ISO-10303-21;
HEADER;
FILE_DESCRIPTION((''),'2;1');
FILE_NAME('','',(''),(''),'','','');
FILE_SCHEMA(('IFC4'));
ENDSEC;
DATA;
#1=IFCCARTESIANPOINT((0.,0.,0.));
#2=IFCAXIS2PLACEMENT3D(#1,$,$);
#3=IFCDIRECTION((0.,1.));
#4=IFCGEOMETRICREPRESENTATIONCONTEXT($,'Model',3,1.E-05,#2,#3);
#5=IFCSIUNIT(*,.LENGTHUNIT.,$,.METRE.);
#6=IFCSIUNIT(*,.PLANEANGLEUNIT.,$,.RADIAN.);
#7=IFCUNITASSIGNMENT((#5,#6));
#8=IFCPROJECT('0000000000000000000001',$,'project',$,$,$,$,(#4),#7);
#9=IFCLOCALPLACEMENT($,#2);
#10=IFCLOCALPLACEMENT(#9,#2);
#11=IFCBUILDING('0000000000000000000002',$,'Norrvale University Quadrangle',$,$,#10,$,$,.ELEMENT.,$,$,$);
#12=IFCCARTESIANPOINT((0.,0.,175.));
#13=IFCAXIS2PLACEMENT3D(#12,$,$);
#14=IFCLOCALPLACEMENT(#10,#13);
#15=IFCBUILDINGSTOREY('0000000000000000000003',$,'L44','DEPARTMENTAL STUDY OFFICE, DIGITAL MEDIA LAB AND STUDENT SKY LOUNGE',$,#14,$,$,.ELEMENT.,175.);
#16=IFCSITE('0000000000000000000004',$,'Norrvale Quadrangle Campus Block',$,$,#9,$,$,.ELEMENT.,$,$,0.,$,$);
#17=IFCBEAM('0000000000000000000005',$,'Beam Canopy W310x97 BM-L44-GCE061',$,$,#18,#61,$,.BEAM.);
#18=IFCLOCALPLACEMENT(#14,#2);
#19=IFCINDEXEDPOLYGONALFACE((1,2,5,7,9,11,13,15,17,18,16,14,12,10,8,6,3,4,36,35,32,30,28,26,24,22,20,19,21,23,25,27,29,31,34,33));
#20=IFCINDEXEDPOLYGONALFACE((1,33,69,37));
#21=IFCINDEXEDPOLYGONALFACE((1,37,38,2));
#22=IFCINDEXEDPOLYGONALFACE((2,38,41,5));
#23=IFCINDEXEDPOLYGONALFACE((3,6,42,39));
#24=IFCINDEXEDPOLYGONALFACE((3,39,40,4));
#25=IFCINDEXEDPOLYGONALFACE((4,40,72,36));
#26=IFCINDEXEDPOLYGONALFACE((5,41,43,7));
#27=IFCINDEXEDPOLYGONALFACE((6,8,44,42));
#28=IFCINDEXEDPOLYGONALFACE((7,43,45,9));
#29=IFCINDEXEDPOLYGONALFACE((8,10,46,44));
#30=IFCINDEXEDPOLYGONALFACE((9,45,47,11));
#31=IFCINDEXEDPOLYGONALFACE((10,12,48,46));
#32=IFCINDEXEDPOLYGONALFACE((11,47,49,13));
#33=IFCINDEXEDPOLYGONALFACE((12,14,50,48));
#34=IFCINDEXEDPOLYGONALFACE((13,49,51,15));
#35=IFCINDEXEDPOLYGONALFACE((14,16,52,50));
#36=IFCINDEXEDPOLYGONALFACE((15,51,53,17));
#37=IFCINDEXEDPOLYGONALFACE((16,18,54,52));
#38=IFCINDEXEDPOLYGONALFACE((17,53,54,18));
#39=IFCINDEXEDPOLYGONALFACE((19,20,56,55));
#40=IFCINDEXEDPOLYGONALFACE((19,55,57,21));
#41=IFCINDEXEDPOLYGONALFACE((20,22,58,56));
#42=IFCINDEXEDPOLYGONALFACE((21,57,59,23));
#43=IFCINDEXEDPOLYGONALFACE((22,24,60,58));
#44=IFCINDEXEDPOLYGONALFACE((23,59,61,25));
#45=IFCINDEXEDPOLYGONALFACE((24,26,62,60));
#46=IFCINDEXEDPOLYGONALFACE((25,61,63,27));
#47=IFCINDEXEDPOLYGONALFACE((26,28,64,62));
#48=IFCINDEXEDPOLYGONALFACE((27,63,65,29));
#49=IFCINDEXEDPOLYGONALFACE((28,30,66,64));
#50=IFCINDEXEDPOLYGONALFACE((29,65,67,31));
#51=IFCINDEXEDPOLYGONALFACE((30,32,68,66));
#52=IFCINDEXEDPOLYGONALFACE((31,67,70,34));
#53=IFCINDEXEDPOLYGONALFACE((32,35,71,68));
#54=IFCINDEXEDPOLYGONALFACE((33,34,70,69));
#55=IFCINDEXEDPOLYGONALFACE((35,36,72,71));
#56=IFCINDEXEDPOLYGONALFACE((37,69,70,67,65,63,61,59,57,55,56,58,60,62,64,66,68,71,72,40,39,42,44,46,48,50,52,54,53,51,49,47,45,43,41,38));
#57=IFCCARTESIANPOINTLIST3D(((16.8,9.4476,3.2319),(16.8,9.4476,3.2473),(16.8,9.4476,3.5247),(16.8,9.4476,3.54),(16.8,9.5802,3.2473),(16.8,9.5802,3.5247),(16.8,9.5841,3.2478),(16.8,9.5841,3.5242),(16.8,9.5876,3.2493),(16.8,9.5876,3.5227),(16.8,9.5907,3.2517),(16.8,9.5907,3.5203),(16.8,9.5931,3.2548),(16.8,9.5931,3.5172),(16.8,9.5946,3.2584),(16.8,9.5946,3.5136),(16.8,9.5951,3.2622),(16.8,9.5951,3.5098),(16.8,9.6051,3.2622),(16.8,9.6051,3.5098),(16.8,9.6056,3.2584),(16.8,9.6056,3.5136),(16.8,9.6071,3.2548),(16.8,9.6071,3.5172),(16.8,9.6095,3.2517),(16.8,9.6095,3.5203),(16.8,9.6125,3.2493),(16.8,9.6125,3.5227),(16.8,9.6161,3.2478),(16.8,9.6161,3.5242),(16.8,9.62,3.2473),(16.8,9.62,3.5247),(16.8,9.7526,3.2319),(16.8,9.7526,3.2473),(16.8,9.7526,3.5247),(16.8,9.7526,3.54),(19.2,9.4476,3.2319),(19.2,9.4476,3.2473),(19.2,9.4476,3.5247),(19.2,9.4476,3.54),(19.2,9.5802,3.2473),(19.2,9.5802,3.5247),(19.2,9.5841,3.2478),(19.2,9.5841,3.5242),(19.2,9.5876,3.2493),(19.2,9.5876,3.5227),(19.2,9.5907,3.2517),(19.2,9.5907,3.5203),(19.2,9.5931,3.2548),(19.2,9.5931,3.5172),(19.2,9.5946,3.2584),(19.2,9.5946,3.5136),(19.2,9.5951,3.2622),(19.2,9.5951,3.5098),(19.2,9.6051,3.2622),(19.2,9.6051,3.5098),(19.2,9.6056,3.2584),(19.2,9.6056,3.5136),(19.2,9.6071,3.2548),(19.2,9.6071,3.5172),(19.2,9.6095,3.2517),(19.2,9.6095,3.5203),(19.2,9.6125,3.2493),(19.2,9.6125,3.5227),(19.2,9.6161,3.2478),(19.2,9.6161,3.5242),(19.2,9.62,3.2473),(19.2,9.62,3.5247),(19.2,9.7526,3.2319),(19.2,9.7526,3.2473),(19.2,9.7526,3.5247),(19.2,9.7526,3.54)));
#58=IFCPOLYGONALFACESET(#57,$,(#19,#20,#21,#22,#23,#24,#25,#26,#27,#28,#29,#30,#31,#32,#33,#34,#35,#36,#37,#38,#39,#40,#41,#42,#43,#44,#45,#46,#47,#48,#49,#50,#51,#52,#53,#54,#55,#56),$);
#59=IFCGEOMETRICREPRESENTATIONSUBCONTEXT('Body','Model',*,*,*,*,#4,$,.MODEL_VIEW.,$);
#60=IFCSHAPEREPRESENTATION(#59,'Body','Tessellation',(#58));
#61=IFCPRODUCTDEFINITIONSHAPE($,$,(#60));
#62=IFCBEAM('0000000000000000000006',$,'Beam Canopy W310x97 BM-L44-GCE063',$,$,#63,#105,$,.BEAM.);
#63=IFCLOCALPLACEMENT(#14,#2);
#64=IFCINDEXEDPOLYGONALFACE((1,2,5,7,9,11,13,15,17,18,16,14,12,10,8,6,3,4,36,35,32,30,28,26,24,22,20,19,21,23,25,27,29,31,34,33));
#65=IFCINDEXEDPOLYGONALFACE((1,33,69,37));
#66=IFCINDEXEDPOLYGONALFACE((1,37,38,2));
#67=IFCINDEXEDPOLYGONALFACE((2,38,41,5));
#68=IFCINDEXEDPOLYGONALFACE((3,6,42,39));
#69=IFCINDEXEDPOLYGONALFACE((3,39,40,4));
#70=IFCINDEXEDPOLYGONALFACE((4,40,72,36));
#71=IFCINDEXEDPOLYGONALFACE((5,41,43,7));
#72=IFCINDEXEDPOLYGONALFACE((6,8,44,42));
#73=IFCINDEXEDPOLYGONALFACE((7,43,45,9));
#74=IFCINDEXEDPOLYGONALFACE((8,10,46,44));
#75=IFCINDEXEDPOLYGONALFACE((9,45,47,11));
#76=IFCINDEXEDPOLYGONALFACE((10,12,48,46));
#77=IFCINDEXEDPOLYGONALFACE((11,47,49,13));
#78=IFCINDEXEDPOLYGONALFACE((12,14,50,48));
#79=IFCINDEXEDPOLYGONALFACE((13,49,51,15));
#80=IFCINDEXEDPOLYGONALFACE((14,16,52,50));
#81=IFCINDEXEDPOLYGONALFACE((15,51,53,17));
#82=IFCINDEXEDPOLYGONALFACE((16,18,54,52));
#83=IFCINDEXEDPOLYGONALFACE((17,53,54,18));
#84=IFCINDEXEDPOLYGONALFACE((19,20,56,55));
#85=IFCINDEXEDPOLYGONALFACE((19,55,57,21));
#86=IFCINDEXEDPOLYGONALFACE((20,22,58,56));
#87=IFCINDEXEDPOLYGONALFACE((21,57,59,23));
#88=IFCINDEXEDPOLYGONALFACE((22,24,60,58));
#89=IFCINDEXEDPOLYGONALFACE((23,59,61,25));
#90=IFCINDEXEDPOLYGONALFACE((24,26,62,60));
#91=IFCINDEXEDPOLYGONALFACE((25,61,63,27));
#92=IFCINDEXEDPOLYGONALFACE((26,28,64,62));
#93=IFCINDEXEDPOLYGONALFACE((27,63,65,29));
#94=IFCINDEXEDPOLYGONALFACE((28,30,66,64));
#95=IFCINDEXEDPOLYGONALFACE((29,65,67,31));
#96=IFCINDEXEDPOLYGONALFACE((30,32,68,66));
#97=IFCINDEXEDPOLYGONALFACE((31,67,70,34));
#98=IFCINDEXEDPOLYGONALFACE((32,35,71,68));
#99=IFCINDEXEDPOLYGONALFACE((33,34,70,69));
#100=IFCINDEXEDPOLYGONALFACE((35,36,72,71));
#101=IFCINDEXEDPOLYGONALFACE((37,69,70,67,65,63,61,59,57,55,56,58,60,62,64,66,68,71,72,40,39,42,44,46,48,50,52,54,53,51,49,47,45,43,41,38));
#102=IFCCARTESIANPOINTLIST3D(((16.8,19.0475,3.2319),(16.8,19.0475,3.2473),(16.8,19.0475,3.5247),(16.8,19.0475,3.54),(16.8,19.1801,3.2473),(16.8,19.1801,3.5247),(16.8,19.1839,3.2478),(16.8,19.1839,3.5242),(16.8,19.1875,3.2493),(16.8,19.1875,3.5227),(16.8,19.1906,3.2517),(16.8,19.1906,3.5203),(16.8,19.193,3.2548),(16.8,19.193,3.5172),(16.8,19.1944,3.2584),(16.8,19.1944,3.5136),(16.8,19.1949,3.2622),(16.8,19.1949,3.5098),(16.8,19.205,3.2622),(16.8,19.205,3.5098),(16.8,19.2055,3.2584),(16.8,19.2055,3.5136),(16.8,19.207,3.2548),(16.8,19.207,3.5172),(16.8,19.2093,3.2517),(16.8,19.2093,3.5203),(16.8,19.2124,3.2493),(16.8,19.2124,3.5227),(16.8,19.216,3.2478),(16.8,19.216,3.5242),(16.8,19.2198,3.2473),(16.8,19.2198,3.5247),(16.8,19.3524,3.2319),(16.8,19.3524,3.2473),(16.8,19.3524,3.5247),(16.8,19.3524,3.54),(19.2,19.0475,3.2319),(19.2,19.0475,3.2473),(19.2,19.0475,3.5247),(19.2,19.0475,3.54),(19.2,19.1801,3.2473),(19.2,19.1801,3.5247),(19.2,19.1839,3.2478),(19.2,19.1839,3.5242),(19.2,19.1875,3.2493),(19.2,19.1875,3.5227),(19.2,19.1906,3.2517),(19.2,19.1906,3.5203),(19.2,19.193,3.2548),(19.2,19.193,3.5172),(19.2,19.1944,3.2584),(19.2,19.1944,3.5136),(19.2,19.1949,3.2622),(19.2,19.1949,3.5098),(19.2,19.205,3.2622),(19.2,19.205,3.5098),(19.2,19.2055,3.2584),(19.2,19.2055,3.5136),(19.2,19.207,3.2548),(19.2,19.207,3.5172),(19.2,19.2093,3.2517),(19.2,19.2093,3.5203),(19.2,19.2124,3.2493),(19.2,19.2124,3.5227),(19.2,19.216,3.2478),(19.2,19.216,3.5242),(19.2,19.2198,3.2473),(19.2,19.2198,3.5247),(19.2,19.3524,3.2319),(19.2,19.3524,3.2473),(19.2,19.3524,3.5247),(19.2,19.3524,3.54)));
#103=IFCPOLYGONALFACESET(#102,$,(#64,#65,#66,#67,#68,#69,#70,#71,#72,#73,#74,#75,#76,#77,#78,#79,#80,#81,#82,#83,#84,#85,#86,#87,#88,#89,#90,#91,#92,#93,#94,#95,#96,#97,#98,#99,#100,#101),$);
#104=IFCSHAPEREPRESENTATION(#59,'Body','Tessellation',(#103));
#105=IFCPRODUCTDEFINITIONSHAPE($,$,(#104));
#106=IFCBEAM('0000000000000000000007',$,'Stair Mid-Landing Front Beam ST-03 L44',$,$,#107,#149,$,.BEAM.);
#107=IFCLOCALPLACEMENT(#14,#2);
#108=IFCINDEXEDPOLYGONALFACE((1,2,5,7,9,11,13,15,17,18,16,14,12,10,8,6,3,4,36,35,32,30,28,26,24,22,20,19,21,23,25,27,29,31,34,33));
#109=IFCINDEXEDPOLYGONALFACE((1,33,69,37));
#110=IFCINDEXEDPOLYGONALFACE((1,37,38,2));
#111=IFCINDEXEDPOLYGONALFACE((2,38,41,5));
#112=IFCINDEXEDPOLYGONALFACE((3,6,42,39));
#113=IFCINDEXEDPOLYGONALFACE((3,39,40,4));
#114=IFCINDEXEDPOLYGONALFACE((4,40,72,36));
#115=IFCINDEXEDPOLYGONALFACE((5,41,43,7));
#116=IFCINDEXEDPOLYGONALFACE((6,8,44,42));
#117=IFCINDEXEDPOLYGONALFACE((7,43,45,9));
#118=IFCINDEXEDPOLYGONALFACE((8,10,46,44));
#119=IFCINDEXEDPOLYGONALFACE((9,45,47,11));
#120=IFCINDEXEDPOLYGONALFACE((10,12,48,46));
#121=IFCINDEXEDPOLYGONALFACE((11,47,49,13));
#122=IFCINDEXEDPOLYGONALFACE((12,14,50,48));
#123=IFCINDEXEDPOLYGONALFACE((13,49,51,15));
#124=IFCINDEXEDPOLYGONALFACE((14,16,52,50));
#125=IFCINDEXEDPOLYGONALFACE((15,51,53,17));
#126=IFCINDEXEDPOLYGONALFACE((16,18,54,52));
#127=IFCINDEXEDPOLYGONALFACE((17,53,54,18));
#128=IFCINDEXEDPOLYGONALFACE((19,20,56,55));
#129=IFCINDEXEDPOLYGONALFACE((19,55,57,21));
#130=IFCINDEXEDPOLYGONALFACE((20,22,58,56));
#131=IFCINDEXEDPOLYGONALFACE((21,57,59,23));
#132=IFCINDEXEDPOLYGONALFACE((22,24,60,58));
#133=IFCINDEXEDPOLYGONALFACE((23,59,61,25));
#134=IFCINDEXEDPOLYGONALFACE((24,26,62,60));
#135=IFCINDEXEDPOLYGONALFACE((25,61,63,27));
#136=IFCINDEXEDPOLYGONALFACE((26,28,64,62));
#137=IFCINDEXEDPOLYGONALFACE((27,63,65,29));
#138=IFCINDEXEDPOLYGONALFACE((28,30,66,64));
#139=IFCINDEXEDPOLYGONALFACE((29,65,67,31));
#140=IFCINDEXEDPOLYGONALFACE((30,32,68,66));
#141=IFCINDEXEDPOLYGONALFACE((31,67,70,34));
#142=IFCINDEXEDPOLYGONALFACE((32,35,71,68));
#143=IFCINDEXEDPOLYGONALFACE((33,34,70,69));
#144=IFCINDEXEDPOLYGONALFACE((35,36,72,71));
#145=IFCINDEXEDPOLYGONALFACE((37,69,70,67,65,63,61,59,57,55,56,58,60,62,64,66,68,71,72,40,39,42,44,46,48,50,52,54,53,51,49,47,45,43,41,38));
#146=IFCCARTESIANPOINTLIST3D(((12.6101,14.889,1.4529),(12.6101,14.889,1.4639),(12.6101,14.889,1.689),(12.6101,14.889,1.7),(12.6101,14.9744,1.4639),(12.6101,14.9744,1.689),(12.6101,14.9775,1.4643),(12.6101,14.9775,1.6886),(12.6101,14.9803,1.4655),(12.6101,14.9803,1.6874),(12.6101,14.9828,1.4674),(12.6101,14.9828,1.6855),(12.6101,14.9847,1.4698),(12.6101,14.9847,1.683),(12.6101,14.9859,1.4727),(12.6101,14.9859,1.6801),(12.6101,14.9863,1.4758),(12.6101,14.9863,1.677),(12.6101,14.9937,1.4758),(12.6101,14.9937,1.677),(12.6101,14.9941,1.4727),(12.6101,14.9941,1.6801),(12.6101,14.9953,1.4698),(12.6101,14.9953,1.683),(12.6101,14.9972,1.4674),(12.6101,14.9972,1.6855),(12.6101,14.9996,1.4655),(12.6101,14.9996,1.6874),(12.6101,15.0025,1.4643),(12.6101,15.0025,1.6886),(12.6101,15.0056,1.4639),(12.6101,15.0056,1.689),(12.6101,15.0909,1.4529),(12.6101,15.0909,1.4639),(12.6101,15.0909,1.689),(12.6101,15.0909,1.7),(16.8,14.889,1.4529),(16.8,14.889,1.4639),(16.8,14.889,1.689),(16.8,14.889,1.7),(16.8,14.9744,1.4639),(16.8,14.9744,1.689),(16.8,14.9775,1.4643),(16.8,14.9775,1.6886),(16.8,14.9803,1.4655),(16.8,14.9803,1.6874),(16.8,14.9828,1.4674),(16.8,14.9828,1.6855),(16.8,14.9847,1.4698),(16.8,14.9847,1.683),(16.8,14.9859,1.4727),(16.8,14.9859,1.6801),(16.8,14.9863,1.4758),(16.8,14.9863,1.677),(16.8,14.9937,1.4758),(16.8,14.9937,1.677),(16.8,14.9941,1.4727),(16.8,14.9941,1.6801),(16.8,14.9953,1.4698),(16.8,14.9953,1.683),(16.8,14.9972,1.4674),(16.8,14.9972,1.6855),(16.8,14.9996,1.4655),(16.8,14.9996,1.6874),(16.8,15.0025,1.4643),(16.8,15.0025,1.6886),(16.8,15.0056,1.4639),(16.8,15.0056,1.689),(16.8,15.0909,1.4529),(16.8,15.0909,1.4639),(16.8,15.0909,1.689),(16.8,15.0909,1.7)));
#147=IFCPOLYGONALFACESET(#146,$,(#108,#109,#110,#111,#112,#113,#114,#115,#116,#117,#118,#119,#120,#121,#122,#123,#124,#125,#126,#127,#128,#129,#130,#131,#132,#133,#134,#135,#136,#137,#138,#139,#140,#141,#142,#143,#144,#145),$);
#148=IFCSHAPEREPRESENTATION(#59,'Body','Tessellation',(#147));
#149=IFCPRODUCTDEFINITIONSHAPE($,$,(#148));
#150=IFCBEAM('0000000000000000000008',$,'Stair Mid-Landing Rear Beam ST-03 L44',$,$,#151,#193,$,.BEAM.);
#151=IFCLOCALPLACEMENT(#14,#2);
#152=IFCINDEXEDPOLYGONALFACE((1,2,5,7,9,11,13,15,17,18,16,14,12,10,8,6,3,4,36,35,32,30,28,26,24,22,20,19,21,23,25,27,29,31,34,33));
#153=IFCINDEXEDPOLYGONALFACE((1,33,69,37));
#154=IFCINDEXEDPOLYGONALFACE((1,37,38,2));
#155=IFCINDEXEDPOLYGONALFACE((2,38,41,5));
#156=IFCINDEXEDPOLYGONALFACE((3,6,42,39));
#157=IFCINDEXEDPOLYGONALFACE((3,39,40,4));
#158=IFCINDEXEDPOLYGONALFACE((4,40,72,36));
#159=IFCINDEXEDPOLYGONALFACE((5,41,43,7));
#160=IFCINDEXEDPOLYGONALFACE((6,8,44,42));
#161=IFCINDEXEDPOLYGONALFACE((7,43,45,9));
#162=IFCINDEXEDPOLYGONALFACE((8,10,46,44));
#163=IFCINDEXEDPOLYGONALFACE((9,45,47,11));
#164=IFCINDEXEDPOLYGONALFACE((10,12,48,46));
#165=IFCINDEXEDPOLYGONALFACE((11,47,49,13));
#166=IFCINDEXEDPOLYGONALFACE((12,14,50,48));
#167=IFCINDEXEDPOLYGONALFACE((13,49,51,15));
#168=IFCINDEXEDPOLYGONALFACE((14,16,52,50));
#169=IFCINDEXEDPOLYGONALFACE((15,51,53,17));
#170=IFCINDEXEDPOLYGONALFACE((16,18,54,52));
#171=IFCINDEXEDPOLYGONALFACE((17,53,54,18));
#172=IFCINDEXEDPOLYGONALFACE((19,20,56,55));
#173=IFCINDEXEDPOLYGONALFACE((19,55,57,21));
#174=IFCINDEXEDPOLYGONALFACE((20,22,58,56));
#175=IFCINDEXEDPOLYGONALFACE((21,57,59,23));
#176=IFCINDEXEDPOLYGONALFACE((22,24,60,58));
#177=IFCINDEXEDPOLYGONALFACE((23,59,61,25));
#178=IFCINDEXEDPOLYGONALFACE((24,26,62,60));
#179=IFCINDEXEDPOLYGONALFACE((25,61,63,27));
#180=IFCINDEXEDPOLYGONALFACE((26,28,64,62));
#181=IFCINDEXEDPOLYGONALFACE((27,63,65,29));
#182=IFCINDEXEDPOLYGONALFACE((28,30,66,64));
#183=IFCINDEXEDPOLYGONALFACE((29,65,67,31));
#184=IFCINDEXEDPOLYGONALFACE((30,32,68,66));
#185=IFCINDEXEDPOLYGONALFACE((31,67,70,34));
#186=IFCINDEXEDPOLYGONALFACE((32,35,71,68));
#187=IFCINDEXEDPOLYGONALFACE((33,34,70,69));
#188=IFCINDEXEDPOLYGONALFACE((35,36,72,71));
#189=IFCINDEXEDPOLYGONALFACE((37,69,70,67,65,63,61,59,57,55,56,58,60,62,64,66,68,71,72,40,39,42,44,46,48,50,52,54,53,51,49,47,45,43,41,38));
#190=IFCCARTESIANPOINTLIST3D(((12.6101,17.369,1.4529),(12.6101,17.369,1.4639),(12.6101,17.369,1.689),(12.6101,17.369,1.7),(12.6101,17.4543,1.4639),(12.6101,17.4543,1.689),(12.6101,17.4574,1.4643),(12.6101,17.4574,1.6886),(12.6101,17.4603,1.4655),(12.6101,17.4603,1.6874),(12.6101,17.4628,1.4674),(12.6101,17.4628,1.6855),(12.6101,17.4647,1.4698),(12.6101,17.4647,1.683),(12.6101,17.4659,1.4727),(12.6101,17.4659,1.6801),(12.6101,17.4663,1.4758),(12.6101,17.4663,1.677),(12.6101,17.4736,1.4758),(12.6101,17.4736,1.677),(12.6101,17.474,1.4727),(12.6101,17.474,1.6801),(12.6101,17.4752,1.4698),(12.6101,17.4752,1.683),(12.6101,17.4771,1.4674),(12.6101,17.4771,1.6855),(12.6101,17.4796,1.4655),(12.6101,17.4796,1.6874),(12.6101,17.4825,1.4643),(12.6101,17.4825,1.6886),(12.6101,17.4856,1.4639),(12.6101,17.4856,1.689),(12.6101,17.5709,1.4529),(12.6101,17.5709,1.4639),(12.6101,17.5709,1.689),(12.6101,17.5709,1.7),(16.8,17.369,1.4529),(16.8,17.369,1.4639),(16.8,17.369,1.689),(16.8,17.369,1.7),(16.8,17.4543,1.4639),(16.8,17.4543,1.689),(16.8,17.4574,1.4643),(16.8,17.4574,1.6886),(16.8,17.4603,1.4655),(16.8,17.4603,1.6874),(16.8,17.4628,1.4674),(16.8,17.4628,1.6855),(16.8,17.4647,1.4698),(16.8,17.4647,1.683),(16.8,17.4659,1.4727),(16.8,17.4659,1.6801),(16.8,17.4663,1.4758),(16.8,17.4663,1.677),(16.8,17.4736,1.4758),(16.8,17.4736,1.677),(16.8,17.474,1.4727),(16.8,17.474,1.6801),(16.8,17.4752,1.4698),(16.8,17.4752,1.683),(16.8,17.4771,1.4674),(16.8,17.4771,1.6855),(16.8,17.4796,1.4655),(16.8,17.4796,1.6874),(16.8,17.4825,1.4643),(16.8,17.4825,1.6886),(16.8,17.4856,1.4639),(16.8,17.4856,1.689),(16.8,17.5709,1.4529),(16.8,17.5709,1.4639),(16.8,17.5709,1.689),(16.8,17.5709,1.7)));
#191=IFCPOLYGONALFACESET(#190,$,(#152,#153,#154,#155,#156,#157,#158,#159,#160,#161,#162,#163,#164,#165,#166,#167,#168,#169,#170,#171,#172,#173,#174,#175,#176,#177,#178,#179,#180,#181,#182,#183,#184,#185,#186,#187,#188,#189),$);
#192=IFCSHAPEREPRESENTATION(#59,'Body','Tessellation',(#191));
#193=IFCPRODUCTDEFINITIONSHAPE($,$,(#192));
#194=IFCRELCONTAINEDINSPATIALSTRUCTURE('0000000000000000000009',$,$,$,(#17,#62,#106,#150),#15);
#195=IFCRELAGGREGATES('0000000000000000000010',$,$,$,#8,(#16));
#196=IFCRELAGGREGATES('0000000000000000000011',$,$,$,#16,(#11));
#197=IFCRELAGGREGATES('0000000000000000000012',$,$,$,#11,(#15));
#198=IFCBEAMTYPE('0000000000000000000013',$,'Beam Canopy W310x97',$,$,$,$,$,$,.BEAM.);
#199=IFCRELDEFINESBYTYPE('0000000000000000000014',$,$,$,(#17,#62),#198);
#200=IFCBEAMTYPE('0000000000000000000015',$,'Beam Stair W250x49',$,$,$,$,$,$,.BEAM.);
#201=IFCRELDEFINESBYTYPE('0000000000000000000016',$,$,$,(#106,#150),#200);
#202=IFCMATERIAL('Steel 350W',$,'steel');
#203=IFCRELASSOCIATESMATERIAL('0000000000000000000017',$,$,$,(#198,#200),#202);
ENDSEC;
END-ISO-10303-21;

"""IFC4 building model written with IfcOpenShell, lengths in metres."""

from ifc_helpers import new_model, si_unit, direction, frame, origin, origin_2d, place, context, subcontext, project, spatial, i_section, extrude, material, material_profile, profile_set, type_object, element, save


model = new_model("IFC4")

# Units and contexts
model_context = context("Model", 3, precision=1e-05, world=origin(), true_north=direction((0.0, 1.0)))
body_context = subcontext(model_context, "Body", "Model", "MODEL_VIEW")
ifc_project = project(units=[si_unit("LENGTHUNIT", "METRE"), si_unit("PLANEANGLEUNIT", "RADIAN")], contexts=[model_context])

# Site, building, storey
site_placement = place(None, origin())
site = spatial("IfcSite", under=ifc_project, at=site_placement, Name="Norrvale Quadrangle Campus Block", CompositionType="ELEMENT", RefElevation=0.0)
building_placement = place(site_placement, origin())
building = spatial("IfcBuilding", under=site, at=building_placement, Name="Norrvale University Quadrangle", CompositionType="ELEMENT")
storey_placement = place(building_placement, frame((0.0, 0.0, 175.0)))
storey = spatial("IfcBuildingStorey", under=building, at=storey_placement, Name="L44", Description="DEPARTMENTAL STUDY OFFICE, DIGITAL MEDIA LAB AND STUDENT SKY LOUNGE", CompositionType="ELEMENT", Elevation=175.0)

# Beams
ifc_material_1 = material(Name="Steel 350W", Category="steel")
ifc_material_profile_1 = material_profile(ifc_material_1, i_section(OverallWidth=0.3049, OverallDepth=0.3081, WebThickness=0.01, FlangeThickness=0.0154, FilletRadius=0.0149, at=origin_2d()), Name="Steel 350W")
ifc_profile_set_1 = profile_set([ifc_material_profile_1], Name="Steel 350W")
beam_type_1 = type_object("IfcBeamType", Name="Beam Canopy W310x97", PredefinedType="BEAM", material=ifc_profile_set_1)
for number, where, z_axis, x_axis, name in (
    (1, (16.8, 9.6001, 3.386), (1.0, 0.0, 0.0), (0.0, 1.0, 0.0), "Beam Canopy W310x97 BM-L44-GCE061"),
    (2, (16.8, 19.2, 3.386), (1.0, 0.0, 0.0), (0.0, 1.0, 0.0), "Beam Canopy W310x97 BM-L44-GCE063"),
):
    element("IfcBeam", number, at=place(storey_placement, frame(where, z_axis=z_axis, x_axis=x_axis)), inside=storey, type_object=beam_type_1, Name=name, PredefinedType="BEAM", context=body_context, shape_type="SweptSolid", body=[
        extrude(i_section(OverallWidth=0.3049, OverallDepth=0.3081, WebThickness=0.01, FlangeThickness=0.0154, FilletRadius=0.0149, at=origin_2d()), origin(), (0.0, 0.0, 1.0), 2.3999),
    ])
ifc_material_profile_2 = material_profile(ifc_material_1, i_section(OverallWidth=0.2019, OverallDepth=0.2471, WebThickness=0.0073, FlangeThickness=0.011, FilletRadius=0.012, at=origin_2d()), Name="Steel 350W")
ifc_profile_set_2 = profile_set([ifc_material_profile_2], Name="Steel 350W")
beam_type_2 = type_object("IfcBeamType", Name="Beam Stair W250x49", PredefinedType="BEAM", material=ifc_profile_set_2)
for number, where, z_axis, x_axis, name in (
    (3, (12.6101, 14.99, 1.5764), (1.0, 0.0, 0.0), (0.0, 1.0, 0.0), "Stair Mid-Landing Front Beam ST-03 L44"),
    (4, (12.6101, 17.47, 1.5764), (1.0, 0.0, 0.0), (0.0, 1.0, 0.0), "Stair Mid-Landing Rear Beam ST-03 L44"),
):
    element("IfcBeam", number, at=place(storey_placement, frame(where, z_axis=z_axis, x_axis=x_axis)), inside=storey, type_object=beam_type_2, Name=name, PredefinedType="BEAM", context=body_context, shape_type="SweptSolid", body=[
        extrude(i_section(OverallWidth=0.2019, OverallDepth=0.2471, WebThickness=0.0073, FlangeThickness=0.011, FilletRadius=0.012, at=origin_2d()), origin(), (0.0, 0.0, 1.0), 4.1899),
    ])

save(model, "model.ifc")
